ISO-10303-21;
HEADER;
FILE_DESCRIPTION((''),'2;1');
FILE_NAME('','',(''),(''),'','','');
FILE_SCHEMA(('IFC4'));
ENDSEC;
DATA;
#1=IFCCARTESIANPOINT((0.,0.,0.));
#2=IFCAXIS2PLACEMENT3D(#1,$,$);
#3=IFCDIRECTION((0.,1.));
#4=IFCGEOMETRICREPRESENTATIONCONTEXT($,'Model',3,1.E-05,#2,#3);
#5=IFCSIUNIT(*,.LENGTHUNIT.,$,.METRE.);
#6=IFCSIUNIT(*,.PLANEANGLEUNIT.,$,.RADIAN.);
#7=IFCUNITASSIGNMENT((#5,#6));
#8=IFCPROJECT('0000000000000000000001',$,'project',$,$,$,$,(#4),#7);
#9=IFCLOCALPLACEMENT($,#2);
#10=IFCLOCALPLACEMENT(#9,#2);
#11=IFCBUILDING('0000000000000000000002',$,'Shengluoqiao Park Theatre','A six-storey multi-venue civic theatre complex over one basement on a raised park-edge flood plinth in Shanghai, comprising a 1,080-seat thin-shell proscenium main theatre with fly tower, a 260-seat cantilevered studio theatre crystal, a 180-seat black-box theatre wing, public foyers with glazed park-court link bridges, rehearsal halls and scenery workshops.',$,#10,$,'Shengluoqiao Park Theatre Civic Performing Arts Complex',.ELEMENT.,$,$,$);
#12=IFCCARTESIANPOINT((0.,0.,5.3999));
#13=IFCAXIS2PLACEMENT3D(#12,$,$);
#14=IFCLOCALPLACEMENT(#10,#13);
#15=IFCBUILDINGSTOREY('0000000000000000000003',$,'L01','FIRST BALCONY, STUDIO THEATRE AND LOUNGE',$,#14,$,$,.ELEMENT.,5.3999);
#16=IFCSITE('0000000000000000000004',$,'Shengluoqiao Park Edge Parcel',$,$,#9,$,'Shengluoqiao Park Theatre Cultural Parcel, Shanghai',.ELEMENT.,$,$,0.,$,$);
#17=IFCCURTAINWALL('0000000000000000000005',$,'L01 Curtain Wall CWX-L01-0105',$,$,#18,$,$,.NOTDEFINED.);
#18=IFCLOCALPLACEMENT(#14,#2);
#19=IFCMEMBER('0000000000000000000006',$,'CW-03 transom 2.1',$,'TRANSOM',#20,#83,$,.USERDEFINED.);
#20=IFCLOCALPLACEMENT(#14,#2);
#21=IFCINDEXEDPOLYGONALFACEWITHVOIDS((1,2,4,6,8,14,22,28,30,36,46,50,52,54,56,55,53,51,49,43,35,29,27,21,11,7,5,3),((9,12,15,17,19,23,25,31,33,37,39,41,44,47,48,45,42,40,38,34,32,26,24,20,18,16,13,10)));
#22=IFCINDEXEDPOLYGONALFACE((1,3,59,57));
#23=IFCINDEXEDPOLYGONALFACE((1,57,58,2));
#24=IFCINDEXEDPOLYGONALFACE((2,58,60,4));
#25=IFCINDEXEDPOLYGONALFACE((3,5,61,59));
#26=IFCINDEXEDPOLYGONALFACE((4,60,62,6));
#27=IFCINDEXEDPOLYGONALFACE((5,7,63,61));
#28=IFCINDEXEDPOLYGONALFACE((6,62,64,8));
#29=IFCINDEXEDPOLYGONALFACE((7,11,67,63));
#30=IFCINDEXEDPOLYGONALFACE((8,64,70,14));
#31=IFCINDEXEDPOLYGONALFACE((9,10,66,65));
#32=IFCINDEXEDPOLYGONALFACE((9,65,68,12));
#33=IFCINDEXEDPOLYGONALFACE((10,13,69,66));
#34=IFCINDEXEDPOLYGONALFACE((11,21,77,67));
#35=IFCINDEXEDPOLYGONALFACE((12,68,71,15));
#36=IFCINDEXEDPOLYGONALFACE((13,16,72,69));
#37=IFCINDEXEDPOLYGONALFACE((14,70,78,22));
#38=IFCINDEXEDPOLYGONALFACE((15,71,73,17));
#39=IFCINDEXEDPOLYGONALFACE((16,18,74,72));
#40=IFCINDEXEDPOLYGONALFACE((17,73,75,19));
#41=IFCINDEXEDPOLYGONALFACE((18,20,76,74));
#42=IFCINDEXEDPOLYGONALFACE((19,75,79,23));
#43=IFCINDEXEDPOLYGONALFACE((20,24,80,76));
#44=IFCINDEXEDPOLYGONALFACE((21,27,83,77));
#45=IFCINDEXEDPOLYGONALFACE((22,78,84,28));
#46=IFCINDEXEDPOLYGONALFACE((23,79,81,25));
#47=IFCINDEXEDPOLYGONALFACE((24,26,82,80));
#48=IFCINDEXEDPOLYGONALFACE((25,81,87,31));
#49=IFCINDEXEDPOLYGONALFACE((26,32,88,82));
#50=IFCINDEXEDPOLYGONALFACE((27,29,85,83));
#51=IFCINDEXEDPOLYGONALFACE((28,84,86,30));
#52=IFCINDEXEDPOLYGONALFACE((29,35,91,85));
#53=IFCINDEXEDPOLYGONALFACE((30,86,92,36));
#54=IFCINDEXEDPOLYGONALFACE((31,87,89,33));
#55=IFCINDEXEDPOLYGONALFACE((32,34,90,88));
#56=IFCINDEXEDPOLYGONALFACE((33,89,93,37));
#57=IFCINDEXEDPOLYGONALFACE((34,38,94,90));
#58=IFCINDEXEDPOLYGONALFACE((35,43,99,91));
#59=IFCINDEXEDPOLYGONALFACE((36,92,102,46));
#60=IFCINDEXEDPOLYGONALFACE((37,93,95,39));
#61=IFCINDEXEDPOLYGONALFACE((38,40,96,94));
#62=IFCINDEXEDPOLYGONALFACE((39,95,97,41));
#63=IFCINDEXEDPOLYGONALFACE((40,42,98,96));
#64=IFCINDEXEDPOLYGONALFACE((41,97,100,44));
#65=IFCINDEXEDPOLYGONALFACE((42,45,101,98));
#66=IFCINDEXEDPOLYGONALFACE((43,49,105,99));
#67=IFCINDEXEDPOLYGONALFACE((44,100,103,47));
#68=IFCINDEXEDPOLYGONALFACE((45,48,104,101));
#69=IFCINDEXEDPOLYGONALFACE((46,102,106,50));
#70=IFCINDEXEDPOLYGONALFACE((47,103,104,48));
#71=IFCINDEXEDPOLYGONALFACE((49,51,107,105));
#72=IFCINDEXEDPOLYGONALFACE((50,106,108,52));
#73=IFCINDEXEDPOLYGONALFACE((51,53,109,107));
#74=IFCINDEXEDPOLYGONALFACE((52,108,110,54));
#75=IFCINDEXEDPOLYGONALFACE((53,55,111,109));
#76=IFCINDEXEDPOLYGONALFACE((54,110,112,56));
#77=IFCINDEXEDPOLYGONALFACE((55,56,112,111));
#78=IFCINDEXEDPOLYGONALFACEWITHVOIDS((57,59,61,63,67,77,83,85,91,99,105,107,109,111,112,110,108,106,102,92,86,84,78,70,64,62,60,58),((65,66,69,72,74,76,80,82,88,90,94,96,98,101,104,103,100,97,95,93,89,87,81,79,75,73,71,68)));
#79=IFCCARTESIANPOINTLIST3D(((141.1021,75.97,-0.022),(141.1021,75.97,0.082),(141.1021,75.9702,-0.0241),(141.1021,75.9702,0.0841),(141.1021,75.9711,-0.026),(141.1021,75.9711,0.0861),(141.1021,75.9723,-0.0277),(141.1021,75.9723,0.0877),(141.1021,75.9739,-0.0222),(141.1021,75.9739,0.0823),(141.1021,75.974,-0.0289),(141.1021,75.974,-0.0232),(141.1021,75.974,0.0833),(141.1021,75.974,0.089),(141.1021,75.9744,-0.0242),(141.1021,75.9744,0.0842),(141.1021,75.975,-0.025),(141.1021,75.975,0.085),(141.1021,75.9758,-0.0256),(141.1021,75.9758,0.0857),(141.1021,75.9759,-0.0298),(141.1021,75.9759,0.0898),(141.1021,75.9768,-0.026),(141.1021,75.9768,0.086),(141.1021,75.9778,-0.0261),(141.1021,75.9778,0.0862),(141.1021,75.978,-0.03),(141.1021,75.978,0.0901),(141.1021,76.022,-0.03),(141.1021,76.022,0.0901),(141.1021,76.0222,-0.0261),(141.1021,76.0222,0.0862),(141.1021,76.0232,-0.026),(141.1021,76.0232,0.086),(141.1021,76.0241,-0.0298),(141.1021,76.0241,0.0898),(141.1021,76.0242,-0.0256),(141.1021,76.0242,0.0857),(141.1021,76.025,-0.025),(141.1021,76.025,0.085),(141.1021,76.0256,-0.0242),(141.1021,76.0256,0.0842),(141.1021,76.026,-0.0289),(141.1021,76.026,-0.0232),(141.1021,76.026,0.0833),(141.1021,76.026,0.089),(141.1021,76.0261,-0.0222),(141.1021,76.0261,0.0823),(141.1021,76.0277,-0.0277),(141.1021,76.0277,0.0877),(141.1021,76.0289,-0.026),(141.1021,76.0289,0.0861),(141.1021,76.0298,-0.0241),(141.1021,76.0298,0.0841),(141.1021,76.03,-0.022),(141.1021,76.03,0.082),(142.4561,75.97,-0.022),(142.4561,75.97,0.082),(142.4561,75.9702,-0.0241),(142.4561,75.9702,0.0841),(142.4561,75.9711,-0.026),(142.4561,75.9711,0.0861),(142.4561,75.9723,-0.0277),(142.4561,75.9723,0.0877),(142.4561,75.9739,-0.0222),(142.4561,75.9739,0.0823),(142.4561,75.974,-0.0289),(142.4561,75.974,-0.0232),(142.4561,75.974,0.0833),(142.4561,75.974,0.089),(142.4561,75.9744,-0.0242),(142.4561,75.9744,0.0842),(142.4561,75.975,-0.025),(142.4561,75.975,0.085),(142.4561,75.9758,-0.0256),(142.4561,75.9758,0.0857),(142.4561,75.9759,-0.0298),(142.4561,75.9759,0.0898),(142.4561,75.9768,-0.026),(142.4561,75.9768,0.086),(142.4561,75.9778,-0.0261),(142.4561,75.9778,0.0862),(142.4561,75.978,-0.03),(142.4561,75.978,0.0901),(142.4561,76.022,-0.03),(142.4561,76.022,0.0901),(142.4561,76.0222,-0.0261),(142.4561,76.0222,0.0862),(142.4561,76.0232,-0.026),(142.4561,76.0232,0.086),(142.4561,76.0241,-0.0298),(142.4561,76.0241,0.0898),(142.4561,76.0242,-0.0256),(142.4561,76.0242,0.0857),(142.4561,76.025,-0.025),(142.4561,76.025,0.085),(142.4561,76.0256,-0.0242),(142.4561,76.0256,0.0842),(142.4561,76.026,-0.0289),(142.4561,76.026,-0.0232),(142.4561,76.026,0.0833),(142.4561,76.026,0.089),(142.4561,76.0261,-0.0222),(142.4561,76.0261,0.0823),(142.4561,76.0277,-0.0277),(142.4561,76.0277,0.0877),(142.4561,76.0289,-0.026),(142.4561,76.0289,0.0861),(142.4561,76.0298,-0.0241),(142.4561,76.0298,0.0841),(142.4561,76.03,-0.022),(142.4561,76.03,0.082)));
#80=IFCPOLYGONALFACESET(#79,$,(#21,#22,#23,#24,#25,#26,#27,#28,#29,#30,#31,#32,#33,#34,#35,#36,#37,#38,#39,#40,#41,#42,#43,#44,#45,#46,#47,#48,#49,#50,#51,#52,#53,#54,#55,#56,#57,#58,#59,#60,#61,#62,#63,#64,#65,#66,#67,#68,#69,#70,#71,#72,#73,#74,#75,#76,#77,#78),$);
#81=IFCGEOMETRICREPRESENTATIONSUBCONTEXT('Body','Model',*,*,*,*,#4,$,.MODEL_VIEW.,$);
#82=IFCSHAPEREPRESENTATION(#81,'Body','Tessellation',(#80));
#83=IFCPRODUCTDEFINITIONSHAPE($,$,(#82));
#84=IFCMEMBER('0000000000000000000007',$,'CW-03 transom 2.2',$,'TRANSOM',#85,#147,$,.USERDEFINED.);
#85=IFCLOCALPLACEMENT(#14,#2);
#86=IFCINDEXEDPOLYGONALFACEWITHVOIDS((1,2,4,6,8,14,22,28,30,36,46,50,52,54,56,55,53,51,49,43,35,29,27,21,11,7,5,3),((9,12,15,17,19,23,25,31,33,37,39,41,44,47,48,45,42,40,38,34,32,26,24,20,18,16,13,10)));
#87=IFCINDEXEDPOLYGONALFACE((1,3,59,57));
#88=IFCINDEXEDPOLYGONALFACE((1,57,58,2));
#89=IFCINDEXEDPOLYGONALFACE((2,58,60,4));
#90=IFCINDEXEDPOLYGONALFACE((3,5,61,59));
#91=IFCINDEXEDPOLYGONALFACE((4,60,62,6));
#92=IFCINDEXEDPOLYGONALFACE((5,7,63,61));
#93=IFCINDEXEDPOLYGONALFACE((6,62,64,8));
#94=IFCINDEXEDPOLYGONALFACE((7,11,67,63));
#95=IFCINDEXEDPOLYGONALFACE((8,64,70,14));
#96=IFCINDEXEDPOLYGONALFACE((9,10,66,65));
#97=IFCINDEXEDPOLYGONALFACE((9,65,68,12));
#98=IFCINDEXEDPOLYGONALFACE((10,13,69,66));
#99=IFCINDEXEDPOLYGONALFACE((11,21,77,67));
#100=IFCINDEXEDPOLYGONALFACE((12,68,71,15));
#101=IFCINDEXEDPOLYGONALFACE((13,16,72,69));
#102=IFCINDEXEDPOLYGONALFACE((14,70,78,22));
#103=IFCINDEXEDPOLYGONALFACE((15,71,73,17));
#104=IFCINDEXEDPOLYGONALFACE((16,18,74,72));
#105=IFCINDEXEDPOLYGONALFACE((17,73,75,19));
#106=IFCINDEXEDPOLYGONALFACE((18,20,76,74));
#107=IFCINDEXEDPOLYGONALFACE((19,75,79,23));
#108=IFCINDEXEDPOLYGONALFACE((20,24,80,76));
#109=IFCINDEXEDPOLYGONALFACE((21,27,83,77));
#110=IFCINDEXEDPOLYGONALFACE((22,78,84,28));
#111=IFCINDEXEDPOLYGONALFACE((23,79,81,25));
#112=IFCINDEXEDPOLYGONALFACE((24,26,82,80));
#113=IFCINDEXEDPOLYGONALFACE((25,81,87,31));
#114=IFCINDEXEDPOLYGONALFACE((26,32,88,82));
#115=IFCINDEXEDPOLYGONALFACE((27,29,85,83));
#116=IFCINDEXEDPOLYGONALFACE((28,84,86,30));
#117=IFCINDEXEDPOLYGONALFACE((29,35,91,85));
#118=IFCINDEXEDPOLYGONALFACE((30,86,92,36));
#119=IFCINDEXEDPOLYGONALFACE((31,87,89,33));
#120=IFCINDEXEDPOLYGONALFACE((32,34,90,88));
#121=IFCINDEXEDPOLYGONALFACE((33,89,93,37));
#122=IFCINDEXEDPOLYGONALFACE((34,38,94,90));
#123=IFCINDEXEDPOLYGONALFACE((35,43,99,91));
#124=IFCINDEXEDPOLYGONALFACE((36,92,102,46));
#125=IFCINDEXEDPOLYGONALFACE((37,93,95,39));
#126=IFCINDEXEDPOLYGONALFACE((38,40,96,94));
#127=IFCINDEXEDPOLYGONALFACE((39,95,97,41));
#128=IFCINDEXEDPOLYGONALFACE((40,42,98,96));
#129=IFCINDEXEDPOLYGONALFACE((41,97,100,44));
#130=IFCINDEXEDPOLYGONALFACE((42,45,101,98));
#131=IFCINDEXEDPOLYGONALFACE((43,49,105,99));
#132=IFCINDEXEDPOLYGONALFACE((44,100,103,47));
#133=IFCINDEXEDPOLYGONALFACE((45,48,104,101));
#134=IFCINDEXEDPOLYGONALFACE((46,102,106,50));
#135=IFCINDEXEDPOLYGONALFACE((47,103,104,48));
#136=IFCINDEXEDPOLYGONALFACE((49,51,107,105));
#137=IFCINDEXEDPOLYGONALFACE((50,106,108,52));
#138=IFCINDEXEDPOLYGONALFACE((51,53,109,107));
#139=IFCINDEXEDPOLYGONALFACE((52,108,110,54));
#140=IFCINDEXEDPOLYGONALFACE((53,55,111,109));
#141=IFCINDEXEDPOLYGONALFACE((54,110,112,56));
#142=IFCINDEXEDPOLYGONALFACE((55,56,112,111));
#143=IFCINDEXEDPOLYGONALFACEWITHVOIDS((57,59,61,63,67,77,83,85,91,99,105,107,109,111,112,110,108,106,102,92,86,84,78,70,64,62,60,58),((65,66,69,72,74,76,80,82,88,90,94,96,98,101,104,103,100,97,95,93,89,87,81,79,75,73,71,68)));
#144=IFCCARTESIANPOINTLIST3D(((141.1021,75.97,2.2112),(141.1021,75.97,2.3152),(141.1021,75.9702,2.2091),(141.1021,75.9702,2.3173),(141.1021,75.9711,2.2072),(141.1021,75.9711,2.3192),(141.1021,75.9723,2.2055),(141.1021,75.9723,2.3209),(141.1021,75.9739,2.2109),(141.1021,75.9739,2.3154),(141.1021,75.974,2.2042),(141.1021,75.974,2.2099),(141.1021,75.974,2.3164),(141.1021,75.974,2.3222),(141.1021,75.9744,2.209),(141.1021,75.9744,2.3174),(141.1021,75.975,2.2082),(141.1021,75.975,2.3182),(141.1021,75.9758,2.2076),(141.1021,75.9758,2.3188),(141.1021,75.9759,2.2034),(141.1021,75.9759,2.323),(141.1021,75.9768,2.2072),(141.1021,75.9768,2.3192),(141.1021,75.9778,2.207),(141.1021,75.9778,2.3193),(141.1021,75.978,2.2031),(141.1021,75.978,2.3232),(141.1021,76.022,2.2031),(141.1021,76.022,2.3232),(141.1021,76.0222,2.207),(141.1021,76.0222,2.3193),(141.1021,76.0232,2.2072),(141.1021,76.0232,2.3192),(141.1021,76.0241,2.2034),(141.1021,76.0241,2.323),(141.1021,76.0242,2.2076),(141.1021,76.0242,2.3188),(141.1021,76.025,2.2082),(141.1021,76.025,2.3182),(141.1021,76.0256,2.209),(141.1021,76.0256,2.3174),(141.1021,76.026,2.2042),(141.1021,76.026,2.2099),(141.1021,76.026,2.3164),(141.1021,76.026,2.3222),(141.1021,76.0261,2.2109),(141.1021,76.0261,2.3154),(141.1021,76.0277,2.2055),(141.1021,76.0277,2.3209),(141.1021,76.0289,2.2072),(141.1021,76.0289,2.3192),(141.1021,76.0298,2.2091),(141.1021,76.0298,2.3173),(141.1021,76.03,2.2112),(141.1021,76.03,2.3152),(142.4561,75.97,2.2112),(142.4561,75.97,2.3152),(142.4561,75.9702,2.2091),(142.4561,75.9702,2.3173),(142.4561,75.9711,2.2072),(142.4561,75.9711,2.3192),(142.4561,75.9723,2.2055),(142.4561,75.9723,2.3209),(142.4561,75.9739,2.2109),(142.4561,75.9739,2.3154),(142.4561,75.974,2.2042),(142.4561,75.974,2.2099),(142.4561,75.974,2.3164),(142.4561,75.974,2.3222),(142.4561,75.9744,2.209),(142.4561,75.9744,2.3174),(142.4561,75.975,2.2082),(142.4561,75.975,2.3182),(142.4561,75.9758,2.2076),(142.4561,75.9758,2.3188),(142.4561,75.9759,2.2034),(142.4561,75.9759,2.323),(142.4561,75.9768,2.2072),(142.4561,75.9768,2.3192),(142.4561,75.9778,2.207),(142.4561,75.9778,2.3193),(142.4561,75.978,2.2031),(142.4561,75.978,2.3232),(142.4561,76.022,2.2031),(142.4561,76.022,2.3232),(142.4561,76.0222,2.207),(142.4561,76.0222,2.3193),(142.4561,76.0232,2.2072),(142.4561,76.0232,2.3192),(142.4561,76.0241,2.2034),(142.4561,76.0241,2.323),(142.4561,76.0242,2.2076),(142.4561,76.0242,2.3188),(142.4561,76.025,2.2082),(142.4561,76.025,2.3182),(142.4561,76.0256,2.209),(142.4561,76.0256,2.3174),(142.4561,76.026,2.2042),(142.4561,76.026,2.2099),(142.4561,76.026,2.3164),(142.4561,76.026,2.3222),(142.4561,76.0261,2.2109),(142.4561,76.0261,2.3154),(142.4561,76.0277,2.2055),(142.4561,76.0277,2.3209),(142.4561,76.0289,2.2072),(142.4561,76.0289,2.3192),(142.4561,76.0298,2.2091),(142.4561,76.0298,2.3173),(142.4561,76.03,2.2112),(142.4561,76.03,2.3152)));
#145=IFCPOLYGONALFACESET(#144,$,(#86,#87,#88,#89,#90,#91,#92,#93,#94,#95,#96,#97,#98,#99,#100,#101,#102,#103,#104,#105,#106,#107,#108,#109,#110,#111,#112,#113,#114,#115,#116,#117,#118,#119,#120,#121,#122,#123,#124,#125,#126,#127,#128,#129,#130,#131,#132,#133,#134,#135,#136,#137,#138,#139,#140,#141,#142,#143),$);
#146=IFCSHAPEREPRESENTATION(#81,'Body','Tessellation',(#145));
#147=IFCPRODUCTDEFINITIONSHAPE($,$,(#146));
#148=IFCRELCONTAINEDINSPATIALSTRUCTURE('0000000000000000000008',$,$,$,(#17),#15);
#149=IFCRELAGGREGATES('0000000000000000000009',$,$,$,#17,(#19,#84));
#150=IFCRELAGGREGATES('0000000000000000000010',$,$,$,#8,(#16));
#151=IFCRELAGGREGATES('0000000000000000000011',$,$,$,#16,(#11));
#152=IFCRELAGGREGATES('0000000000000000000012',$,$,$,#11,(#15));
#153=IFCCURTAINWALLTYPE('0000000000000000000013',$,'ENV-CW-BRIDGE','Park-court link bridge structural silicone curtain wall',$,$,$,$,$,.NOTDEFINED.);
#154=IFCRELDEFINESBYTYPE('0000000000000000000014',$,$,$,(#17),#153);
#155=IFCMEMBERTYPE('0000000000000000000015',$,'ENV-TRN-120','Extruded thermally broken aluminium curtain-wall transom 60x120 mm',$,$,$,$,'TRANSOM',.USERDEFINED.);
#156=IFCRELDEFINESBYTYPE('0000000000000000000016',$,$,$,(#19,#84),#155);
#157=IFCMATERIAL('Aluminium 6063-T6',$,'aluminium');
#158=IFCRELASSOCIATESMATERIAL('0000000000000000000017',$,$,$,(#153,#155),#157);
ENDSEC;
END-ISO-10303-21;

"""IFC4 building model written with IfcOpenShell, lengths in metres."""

from ifc_helpers import new_model, si_unit, direction, frame, origin, origin_2d, place, context, subcontext, project, spatial, hollow_rectangle, extrude, material, material_profile, profile_set, type_object, element, aggregate, save


model = new_model("IFC4")

# Units and contexts
model_context = context("Model", 3, precision=1e-05, world=origin(), true_north=direction((0.0, 1.0)))
body_context = subcontext(model_context, "Body", "Model", "MODEL_VIEW")
ifc_project = project(units=[si_unit("LENGTHUNIT", "METRE"), si_unit("PLANEANGLEUNIT", "RADIAN")], contexts=[model_context])

# Site, building, storey
site_placement = place(None, origin())
site = spatial("IfcSite", under=ifc_project, at=site_placement, Name="Shengluoqiao Park Edge Parcel", LongName="Shengluoqiao Park Theatre Cultural Parcel, Shanghai", CompositionType="ELEMENT", RefElevation=0.0)
building_placement = place(site_placement, origin())
building = spatial("IfcBuilding", under=site, at=building_placement, Name="Shengluoqiao Park Theatre", Description="A six-storey multi-venue civic theatre complex over one basement on a raised park-edge flood plinth in Shanghai, comprising a 1,080-seat thin-shell proscenium main theatre with fly tower, a 260-seat cantilevered studio theatre crystal, a 180-seat black-box theatre wing, public foyers with glazed park-court link bridges, rehearsal halls and scenery workshops.", LongName="Shengluoqiao Park Theatre Civic Performing Arts Complex", CompositionType="ELEMENT")
storey_placement = place(building_placement, frame((0.0, 0.0, 5.3999)))
storey = spatial("IfcBuildingStorey", under=building, at=storey_placement, Name="L01", Description="FIRST BALCONY, STUDIO THEATRE AND LOUNGE", CompositionType="ELEMENT", Elevation=5.3999)

# Curtain wall, members
ifc_material_1 = material(Name="Aluminium 6063-T6", Category="aluminium")
curtain_wall_type = type_object("IfcCurtainWallType", Name="ENV-CW-BRIDGE", Description="Park-court link bridge structural silicone curtain wall", PredefinedType="NOTDEFINED", material=ifc_material_1)
curtain_wall_placement = place(storey_placement, origin())
curtain_wall = element("IfcCurtainWall", 1, at=curtain_wall_placement, inside=storey, type_object=curtain_wall_type, Name="L01 Curtain Wall CWX-L01-0105", PredefinedType="NOTDEFINED")
ifc_material_profile_1 = material_profile(ifc_material_1, hollow_rectangle(XDim=0.0601, YDim=0.1201, WallThickness=0.0039, InnerFilletRadius=0.0039, OuterFilletRadius=0.0081, at=origin_2d()), Name="ALU TRANSOM 120x60x4")
ifc_profile_set_1 = profile_set([ifc_material_profile_1], Name="Aluminium 6063-T6")
member_type_1 = type_object("IfcMemberType", Name="ENV-TRN-120", Description="Extruded thermally broken aluminium curtain-wall transom 60x120 mm", ElementType="TRANSOM", PredefinedType="USERDEFINED", material=ifc_profile_set_1)
member_1_placement = place(storey_placement, frame((141.1021, 76.0, 0.03), z_axis=(1.0, 0.0, 0.0), x_axis=(0.0, 1.0, 0.0)))
member_1 = element("IfcMember", 2, at=member_1_placement, type_object=member_type_1, Name="CW-03 transom 2.1", ObjectType="TRANSOM", PredefinedType="USERDEFINED", context=body_context, shape_type="SweptSolid", body=[
    extrude(hollow_rectangle(XDim=0.0601, YDim=0.1201, WallThickness=0.0039, InnerFilletRadius=0.0039, OuterFilletRadius=0.0081, at=origin_2d()), origin(), (0.0, 0.0, 1.0), 1.354),
])
member_2_placement = place(storey_placement, frame((141.1021, 76.0, 2.2632), z_axis=(1.0, 0.0, 0.0), x_axis=(0.0, 1.0, 0.0)))
member_2 = element("IfcMember", 3, at=member_2_placement, type_object=member_type_1, Name="CW-03 transom 2.2", ObjectType="TRANSOM", PredefinedType="USERDEFINED", context=body_context, shape_type="SweptSolid", body=[
    extrude(hollow_rectangle(XDim=0.0601, YDim=0.1201, WallThickness=0.0039, InnerFilletRadius=0.0039, OuterFilletRadius=0.0081, at=origin_2d()), origin(), (0.0, 0.0, 1.0), 1.354),
])

aggregate(curtain_wall, [member_1, member_2])

save(model, "model.ifc")
